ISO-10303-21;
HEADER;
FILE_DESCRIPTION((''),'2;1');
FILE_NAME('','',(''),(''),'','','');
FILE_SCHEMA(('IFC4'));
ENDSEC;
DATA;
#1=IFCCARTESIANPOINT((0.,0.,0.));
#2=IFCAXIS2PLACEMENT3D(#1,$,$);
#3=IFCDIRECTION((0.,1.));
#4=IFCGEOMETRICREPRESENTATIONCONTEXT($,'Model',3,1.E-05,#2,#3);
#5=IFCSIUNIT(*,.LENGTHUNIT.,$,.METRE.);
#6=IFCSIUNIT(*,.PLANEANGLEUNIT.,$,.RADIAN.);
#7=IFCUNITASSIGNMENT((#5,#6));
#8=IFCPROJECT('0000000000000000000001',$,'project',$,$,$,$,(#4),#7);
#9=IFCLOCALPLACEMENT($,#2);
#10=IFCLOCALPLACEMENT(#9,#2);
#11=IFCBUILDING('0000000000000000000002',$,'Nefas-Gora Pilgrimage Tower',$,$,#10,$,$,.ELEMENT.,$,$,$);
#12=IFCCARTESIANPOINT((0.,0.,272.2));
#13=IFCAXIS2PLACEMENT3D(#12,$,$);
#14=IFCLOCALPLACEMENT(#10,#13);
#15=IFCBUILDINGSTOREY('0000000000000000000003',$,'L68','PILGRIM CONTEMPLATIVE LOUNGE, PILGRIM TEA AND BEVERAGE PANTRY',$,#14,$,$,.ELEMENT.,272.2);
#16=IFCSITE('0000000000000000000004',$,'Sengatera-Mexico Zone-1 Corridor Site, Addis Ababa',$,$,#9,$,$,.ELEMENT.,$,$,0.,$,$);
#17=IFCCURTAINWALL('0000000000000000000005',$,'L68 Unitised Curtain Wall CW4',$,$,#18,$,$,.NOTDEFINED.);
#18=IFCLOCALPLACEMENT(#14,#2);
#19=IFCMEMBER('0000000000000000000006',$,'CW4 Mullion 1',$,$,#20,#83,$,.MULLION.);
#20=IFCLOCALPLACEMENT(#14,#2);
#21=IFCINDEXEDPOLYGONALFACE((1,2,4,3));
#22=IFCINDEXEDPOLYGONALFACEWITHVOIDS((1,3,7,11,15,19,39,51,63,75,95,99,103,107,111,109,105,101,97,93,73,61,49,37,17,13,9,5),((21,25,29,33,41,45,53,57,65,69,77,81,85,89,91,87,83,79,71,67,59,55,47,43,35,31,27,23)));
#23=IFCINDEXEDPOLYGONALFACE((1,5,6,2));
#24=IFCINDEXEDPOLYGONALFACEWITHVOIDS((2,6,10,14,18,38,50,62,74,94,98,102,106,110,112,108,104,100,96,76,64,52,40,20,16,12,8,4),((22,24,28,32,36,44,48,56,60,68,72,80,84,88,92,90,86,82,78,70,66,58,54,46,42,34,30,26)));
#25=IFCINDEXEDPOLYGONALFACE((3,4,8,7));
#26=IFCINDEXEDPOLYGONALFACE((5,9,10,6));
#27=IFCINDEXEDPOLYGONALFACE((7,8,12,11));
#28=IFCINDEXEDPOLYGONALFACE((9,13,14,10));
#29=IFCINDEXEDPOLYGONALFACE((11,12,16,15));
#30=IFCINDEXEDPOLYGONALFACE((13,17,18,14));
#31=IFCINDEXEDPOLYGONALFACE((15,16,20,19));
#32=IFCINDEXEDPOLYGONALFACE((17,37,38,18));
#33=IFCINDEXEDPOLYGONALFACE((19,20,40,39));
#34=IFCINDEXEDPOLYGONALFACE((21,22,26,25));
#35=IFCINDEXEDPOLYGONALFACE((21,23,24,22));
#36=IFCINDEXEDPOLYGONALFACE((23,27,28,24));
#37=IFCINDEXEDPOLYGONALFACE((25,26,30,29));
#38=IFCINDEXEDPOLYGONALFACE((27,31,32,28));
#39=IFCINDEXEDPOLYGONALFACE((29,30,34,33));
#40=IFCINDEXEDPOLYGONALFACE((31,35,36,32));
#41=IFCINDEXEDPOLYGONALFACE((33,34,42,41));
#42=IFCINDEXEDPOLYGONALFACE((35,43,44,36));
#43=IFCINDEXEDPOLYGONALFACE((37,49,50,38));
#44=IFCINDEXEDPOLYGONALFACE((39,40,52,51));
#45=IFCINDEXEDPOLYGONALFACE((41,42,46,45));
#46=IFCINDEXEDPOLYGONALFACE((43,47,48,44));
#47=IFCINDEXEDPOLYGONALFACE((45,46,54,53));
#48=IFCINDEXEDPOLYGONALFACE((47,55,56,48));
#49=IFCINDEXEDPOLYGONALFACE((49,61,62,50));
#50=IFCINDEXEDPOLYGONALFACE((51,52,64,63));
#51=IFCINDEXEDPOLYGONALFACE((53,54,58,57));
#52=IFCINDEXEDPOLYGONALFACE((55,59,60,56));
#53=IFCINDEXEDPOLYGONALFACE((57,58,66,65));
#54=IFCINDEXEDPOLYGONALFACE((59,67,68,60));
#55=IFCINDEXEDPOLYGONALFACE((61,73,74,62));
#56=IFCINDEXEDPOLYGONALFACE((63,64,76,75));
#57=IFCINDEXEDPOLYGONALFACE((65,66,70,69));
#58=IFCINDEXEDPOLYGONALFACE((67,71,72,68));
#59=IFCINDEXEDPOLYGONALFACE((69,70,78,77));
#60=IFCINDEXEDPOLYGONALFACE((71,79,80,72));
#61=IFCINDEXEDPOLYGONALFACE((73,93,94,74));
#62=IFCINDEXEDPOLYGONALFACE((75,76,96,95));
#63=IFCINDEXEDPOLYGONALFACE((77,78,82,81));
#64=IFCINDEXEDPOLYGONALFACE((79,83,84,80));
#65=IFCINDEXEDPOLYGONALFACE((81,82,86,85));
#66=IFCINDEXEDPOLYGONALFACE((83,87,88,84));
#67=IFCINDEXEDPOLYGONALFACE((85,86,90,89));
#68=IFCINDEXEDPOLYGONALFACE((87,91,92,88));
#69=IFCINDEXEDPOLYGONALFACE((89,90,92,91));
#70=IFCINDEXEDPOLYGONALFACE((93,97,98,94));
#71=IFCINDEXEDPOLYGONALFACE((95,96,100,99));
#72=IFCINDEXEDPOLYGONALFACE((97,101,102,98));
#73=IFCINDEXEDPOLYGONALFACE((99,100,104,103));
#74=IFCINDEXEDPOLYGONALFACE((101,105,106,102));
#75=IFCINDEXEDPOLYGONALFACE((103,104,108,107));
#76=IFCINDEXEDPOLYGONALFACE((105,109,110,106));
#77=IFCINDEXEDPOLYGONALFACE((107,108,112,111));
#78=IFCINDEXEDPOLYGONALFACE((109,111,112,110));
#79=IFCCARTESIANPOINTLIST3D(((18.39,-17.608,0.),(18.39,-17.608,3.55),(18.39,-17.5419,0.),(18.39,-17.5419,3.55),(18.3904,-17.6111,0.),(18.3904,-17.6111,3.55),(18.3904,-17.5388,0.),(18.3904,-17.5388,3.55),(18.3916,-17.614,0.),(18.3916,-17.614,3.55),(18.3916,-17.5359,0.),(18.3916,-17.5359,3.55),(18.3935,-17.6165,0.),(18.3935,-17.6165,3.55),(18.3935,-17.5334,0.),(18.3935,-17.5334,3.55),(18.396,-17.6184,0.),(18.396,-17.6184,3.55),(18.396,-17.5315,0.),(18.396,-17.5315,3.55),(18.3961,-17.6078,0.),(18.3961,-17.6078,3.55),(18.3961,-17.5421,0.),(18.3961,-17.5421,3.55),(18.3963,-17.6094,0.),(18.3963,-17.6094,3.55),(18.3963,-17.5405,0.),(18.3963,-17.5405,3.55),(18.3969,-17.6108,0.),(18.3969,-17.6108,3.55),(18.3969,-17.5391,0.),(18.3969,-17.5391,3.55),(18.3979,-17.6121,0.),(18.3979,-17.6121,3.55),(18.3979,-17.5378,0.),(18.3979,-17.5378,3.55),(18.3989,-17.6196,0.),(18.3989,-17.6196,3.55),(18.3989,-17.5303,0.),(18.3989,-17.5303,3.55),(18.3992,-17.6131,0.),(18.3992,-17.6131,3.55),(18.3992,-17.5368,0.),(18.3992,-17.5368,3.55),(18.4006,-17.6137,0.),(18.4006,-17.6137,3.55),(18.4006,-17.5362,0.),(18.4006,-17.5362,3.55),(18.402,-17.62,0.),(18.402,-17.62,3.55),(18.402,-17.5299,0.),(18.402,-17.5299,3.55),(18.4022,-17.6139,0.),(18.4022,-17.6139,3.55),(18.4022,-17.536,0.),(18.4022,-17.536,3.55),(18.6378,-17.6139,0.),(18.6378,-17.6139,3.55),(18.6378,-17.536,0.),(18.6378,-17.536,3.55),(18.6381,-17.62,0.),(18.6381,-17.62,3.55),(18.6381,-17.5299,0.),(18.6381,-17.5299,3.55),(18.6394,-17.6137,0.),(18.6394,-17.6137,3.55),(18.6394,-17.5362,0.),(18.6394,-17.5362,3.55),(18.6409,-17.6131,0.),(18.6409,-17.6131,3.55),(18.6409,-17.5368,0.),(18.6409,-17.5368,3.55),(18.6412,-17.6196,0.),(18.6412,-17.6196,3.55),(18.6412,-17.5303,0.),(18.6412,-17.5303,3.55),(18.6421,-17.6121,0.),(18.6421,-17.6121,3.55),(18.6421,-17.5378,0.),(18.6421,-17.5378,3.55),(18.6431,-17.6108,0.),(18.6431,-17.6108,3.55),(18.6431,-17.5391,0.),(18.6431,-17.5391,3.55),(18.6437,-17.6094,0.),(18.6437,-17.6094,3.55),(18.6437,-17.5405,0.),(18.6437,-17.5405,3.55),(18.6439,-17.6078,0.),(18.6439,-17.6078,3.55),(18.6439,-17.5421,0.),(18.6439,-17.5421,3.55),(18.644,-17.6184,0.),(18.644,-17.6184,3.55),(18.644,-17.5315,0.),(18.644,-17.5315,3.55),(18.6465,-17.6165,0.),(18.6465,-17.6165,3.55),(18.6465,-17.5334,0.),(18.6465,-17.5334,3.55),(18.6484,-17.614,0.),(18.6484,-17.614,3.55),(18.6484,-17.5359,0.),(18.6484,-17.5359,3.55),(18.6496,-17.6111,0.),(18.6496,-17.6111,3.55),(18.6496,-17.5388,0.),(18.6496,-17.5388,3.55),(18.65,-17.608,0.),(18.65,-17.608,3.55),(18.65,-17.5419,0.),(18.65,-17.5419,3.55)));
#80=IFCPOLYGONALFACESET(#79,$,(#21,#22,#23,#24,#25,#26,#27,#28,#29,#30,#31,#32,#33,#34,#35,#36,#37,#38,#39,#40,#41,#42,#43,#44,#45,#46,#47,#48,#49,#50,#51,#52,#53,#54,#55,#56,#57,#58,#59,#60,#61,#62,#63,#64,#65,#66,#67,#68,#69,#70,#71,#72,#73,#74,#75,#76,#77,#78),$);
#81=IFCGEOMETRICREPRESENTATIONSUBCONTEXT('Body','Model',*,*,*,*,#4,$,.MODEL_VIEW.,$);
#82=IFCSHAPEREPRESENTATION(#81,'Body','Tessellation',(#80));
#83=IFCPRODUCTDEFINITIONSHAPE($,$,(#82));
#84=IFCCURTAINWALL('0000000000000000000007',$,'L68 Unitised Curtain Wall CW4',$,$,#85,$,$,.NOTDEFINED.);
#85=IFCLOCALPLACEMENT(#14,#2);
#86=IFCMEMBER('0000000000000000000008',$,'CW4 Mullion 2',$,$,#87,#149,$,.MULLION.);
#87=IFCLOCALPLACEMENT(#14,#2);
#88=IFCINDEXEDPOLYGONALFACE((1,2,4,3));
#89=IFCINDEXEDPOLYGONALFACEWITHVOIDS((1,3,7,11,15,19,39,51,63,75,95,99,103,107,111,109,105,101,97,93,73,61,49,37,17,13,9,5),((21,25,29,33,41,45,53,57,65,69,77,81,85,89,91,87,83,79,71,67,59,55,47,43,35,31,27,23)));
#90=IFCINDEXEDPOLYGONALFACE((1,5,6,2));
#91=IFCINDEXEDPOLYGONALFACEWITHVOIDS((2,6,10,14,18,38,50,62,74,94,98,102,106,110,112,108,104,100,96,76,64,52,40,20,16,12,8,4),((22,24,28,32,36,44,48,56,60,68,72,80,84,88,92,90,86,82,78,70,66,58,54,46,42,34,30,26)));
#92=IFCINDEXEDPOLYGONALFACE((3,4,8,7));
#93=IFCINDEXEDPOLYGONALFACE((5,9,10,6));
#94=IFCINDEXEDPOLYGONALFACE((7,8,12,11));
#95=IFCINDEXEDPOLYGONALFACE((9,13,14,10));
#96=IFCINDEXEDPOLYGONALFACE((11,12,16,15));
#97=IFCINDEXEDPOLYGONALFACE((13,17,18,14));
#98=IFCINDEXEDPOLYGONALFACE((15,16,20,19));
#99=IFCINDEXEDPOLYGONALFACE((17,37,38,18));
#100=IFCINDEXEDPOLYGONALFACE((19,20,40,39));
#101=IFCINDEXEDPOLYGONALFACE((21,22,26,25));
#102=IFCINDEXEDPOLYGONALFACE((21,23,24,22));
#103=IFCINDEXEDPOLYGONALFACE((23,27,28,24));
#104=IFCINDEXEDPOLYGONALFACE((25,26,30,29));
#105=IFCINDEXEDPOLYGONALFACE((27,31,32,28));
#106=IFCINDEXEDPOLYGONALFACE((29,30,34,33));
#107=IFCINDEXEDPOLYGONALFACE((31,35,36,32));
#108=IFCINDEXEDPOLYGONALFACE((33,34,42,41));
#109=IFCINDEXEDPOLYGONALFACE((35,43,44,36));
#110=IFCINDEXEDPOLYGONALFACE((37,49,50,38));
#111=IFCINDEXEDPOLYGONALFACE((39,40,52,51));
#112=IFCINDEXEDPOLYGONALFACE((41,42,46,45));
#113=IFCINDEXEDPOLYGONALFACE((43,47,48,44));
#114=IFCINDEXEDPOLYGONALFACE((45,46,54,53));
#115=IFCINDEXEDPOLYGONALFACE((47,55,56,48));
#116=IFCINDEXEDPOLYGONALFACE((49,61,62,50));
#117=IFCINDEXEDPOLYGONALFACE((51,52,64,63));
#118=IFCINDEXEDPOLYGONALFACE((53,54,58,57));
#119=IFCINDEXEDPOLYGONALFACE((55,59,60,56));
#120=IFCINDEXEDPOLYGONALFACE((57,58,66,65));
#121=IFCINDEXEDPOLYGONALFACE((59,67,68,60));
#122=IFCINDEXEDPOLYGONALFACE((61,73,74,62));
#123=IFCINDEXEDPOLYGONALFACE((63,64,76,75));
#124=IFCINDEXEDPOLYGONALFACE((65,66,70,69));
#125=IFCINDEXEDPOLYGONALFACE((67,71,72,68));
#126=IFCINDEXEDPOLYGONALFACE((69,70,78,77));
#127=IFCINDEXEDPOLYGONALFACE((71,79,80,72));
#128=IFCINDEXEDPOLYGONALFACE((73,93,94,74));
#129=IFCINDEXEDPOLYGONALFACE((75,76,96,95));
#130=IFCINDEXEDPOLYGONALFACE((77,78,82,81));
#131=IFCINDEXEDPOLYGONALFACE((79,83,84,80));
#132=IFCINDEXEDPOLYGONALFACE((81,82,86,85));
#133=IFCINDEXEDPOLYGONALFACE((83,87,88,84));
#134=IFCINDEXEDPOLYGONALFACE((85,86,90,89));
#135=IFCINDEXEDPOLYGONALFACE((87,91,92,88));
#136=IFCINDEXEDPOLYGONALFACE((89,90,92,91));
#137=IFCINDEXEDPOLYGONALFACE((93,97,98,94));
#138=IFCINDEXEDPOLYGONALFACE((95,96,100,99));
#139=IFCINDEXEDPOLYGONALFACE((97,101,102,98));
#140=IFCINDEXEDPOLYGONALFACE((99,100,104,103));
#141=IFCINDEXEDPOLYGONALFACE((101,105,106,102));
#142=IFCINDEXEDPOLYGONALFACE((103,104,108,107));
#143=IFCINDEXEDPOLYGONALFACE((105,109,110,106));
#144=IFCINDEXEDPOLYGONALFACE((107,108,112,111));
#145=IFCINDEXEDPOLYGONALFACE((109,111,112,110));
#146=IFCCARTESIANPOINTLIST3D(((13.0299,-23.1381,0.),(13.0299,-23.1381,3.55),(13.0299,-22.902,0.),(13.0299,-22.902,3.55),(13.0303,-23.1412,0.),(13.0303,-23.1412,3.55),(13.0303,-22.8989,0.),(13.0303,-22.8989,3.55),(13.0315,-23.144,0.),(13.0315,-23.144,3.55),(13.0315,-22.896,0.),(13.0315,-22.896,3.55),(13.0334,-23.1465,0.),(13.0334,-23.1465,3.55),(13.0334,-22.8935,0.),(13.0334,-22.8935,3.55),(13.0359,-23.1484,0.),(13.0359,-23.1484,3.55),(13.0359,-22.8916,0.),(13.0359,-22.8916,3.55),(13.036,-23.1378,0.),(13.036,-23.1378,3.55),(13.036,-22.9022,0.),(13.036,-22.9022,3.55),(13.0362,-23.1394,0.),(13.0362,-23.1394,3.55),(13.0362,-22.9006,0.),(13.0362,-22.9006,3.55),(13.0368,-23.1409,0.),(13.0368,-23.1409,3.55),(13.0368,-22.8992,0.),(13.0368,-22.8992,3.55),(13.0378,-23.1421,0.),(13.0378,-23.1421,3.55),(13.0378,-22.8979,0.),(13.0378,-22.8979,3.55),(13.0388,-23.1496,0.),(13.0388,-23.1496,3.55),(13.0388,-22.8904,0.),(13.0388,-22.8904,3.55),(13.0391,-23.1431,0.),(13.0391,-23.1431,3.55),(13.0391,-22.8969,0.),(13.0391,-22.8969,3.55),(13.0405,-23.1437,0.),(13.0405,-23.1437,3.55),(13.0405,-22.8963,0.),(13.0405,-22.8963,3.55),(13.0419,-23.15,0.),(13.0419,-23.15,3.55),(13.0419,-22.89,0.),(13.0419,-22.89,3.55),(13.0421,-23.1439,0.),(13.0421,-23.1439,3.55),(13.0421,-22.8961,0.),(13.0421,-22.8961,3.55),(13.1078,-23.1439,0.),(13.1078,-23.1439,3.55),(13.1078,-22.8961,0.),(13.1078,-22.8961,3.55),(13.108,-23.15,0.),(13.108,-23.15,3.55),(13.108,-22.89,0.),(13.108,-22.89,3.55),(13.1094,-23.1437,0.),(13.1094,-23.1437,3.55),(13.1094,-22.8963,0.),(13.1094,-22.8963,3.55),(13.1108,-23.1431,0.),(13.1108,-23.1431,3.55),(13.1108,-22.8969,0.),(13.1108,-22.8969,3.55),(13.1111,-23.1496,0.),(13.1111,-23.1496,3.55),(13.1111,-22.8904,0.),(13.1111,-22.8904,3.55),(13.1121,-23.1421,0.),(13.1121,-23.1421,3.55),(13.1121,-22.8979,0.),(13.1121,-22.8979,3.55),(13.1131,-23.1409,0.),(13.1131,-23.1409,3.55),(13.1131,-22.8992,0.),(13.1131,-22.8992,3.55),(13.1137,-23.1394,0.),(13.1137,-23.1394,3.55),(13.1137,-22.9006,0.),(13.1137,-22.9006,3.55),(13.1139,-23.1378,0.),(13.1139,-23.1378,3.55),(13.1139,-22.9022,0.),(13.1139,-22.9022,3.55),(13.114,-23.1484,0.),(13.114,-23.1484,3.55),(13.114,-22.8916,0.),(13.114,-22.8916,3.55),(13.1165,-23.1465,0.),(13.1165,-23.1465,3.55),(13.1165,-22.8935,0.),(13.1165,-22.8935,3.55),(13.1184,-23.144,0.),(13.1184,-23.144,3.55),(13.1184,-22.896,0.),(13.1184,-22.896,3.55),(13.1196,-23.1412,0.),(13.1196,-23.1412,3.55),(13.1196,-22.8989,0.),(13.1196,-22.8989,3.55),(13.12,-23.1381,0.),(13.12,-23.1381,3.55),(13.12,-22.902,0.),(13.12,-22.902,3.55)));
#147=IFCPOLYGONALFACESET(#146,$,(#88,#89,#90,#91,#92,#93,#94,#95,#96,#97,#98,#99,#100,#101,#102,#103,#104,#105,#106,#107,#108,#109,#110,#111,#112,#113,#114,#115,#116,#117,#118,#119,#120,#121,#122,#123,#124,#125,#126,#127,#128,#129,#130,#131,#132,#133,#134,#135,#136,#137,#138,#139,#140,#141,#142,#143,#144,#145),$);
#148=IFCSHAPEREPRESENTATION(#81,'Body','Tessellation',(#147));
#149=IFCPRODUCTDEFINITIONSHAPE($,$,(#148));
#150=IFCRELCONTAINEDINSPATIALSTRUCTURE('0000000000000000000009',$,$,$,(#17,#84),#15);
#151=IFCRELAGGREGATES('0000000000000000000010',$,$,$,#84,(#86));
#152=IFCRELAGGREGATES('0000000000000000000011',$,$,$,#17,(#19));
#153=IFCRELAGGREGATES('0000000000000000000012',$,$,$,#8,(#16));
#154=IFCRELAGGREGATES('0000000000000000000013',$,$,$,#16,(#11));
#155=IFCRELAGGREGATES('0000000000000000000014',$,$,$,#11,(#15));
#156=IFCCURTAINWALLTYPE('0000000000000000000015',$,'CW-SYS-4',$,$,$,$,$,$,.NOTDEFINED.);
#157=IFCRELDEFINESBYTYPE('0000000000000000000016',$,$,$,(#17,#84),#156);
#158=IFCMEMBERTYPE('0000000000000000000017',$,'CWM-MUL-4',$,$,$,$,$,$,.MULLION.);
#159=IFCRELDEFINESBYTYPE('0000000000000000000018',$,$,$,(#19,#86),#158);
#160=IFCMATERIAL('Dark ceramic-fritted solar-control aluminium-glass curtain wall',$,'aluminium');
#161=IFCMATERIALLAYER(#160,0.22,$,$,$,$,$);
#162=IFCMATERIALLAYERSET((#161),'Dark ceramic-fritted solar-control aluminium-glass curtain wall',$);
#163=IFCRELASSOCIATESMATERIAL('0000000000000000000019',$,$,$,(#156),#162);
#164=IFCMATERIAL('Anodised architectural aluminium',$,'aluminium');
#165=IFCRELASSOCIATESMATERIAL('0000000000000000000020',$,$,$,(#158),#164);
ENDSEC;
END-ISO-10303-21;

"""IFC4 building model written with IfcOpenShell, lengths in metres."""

from ifc_helpers import new_model, si_unit, direction, frame, origin, origin_2d, place, context, subcontext, project, spatial, hollow_rectangle, extrude, source, transform, mapped, material, layer, layer_set, material_profile, profile_set, type_object, element, aggregate, save


model = new_model("IFC4")

# Units and contexts
model_context = context("Model", 3, precision=1e-05, world=origin(), true_north=direction((0.0, 1.0)))
body_context = subcontext(model_context, "Body", "Model", "MODEL_VIEW")
ifc_project = project(units=[si_unit("LENGTHUNIT", "METRE"), si_unit("PLANEANGLEUNIT", "RADIAN")], contexts=[model_context])

# Site, building, storey
site_placement = place(None, origin())
site = spatial("IfcSite", under=ifc_project, at=site_placement, Name="Sengatera-Mexico Zone-1 Corridor Site, Addis Ababa", CompositionType="ELEMENT", RefElevation=0.0)
building_placement = place(site_placement, origin())
building = spatial("IfcBuilding", under=site, at=building_placement, Name="Nefas-Gora Pilgrimage Tower", CompositionType="ELEMENT")
storey_placement = place(building_placement, frame((0.0, 0.0, 272.2)))
storey = spatial("IfcBuildingStorey", under=building, at=storey_placement, Name="L68", Description="PILGRIM CONTEMPLATIVE LOUNGE, PILGRIM TEA AND BEVERAGE PANTRY", CompositionType="ELEMENT", Elevation=272.2)

# Curtain walls, members
ifc_material_1 = material(Name="Dark ceramic-fritted solar-control aluminium-glass curtain wall", Category="aluminium")
ifc_layer_1 = layer(ifc_material_1, 0.22)
ifc_layer_set_1 = layer_set([ifc_layer_1], Name="Dark ceramic-fritted solar-control aluminium-glass curtain wall")
curtain_wall_type = type_object("IfcCurtainWallType", Name="CW-SYS-4", PredefinedType="NOTDEFINED", material=ifc_layer_set_1)
curtain_wall_1_placement = place(storey_placement, origin())
curtain_wall_1 = element("IfcCurtainWall", 1, at=curtain_wall_1_placement, inside=storey, type_object=curtain_wall_type, Name="L68 Unitised Curtain Wall CW4", PredefinedType="NOTDEFINED")
ifc_material_2 = material(Name="Anodised architectural aluminium", Category="aluminium")
ifc_material_profile_1 = material_profile(ifc_material_2, hollow_rectangle(XDim=0.0901, YDim=0.26, WallThickness=0.0061, InnerFilletRadius=0.0061, OuterFilletRadius=0.012, at=origin_2d()), Name="ALU MULLION 90x260")
ifc_profile_set_1 = profile_set([ifc_material_profile_1], Name="Anodised architectural aluminium")
member_type_1 = type_object("IfcMemberType", Name="CWM-MUL-4", PredefinedType="MULLION", material=ifc_profile_set_1)
shared_shape_1 = source(origin(), body_context, "Body", "SweptSolid", [
    extrude(hollow_rectangle(XDim=0.0901, YDim=0.26, WallThickness=0.0061, InnerFilletRadius=0.0061, OuterFilletRadius=0.012, at=origin_2d()), origin(), (0.0, 0.0, 1.0), 3.55),
])
member_1_placement = place(storey_placement, frame((18.52, -17.575, 0.0), z_axis=(0.0, 0.0, 1.0), x_axis=(0.0, 1.0, 0.0)))
member_1 = element("IfcMember", 2, at=member_1_placement, type_object=member_type_1, Name="CW4 Mullion 1", PredefinedType="MULLION", context=body_context, shape_type="MappedRepresentation", body=[
    mapped(shared_shape_1, transform((0.0, 0.0, 0.0), x_axis=(1.0, 0.0, 0.0), y_axis=(0.0, 1.0, 0.0), z_axis=(0.0, 0.0, 1.0), scale=1.0)),
])
curtain_wall_2_placement = place(storey_placement, origin())
curtain_wall_2 = element("IfcCurtainWall", 3, at=curtain_wall_2_placement, inside=storey, type_object=curtain_wall_type, Name="L68 Unitised Curtain Wall CW4", PredefinedType="NOTDEFINED")
member_2_placement = place(storey_placement, frame((13.075, -23.02, 0.0), z_axis=(0.0, 0.0, 1.0), x_axis=(1.0, 0.0, 0.0)))
member_2 = element("IfcMember", 4, at=member_2_placement, type_object=member_type_1, Name="CW4 Mullion 2", PredefinedType="MULLION", context=body_context, shape_type="MappedRepresentation", body=[
    mapped(shared_shape_1, transform((0.0, 0.0, 0.0), x_axis=(1.0, 0.0, 0.0), y_axis=(0.0, 1.0, 0.0), z_axis=(0.0, 0.0, 1.0), scale=1.0)),
])
aggregate(curtain_wall_2, [member_2])

aggregate(curtain_wall_1, [member_1])

save(model, "model.ifc")
